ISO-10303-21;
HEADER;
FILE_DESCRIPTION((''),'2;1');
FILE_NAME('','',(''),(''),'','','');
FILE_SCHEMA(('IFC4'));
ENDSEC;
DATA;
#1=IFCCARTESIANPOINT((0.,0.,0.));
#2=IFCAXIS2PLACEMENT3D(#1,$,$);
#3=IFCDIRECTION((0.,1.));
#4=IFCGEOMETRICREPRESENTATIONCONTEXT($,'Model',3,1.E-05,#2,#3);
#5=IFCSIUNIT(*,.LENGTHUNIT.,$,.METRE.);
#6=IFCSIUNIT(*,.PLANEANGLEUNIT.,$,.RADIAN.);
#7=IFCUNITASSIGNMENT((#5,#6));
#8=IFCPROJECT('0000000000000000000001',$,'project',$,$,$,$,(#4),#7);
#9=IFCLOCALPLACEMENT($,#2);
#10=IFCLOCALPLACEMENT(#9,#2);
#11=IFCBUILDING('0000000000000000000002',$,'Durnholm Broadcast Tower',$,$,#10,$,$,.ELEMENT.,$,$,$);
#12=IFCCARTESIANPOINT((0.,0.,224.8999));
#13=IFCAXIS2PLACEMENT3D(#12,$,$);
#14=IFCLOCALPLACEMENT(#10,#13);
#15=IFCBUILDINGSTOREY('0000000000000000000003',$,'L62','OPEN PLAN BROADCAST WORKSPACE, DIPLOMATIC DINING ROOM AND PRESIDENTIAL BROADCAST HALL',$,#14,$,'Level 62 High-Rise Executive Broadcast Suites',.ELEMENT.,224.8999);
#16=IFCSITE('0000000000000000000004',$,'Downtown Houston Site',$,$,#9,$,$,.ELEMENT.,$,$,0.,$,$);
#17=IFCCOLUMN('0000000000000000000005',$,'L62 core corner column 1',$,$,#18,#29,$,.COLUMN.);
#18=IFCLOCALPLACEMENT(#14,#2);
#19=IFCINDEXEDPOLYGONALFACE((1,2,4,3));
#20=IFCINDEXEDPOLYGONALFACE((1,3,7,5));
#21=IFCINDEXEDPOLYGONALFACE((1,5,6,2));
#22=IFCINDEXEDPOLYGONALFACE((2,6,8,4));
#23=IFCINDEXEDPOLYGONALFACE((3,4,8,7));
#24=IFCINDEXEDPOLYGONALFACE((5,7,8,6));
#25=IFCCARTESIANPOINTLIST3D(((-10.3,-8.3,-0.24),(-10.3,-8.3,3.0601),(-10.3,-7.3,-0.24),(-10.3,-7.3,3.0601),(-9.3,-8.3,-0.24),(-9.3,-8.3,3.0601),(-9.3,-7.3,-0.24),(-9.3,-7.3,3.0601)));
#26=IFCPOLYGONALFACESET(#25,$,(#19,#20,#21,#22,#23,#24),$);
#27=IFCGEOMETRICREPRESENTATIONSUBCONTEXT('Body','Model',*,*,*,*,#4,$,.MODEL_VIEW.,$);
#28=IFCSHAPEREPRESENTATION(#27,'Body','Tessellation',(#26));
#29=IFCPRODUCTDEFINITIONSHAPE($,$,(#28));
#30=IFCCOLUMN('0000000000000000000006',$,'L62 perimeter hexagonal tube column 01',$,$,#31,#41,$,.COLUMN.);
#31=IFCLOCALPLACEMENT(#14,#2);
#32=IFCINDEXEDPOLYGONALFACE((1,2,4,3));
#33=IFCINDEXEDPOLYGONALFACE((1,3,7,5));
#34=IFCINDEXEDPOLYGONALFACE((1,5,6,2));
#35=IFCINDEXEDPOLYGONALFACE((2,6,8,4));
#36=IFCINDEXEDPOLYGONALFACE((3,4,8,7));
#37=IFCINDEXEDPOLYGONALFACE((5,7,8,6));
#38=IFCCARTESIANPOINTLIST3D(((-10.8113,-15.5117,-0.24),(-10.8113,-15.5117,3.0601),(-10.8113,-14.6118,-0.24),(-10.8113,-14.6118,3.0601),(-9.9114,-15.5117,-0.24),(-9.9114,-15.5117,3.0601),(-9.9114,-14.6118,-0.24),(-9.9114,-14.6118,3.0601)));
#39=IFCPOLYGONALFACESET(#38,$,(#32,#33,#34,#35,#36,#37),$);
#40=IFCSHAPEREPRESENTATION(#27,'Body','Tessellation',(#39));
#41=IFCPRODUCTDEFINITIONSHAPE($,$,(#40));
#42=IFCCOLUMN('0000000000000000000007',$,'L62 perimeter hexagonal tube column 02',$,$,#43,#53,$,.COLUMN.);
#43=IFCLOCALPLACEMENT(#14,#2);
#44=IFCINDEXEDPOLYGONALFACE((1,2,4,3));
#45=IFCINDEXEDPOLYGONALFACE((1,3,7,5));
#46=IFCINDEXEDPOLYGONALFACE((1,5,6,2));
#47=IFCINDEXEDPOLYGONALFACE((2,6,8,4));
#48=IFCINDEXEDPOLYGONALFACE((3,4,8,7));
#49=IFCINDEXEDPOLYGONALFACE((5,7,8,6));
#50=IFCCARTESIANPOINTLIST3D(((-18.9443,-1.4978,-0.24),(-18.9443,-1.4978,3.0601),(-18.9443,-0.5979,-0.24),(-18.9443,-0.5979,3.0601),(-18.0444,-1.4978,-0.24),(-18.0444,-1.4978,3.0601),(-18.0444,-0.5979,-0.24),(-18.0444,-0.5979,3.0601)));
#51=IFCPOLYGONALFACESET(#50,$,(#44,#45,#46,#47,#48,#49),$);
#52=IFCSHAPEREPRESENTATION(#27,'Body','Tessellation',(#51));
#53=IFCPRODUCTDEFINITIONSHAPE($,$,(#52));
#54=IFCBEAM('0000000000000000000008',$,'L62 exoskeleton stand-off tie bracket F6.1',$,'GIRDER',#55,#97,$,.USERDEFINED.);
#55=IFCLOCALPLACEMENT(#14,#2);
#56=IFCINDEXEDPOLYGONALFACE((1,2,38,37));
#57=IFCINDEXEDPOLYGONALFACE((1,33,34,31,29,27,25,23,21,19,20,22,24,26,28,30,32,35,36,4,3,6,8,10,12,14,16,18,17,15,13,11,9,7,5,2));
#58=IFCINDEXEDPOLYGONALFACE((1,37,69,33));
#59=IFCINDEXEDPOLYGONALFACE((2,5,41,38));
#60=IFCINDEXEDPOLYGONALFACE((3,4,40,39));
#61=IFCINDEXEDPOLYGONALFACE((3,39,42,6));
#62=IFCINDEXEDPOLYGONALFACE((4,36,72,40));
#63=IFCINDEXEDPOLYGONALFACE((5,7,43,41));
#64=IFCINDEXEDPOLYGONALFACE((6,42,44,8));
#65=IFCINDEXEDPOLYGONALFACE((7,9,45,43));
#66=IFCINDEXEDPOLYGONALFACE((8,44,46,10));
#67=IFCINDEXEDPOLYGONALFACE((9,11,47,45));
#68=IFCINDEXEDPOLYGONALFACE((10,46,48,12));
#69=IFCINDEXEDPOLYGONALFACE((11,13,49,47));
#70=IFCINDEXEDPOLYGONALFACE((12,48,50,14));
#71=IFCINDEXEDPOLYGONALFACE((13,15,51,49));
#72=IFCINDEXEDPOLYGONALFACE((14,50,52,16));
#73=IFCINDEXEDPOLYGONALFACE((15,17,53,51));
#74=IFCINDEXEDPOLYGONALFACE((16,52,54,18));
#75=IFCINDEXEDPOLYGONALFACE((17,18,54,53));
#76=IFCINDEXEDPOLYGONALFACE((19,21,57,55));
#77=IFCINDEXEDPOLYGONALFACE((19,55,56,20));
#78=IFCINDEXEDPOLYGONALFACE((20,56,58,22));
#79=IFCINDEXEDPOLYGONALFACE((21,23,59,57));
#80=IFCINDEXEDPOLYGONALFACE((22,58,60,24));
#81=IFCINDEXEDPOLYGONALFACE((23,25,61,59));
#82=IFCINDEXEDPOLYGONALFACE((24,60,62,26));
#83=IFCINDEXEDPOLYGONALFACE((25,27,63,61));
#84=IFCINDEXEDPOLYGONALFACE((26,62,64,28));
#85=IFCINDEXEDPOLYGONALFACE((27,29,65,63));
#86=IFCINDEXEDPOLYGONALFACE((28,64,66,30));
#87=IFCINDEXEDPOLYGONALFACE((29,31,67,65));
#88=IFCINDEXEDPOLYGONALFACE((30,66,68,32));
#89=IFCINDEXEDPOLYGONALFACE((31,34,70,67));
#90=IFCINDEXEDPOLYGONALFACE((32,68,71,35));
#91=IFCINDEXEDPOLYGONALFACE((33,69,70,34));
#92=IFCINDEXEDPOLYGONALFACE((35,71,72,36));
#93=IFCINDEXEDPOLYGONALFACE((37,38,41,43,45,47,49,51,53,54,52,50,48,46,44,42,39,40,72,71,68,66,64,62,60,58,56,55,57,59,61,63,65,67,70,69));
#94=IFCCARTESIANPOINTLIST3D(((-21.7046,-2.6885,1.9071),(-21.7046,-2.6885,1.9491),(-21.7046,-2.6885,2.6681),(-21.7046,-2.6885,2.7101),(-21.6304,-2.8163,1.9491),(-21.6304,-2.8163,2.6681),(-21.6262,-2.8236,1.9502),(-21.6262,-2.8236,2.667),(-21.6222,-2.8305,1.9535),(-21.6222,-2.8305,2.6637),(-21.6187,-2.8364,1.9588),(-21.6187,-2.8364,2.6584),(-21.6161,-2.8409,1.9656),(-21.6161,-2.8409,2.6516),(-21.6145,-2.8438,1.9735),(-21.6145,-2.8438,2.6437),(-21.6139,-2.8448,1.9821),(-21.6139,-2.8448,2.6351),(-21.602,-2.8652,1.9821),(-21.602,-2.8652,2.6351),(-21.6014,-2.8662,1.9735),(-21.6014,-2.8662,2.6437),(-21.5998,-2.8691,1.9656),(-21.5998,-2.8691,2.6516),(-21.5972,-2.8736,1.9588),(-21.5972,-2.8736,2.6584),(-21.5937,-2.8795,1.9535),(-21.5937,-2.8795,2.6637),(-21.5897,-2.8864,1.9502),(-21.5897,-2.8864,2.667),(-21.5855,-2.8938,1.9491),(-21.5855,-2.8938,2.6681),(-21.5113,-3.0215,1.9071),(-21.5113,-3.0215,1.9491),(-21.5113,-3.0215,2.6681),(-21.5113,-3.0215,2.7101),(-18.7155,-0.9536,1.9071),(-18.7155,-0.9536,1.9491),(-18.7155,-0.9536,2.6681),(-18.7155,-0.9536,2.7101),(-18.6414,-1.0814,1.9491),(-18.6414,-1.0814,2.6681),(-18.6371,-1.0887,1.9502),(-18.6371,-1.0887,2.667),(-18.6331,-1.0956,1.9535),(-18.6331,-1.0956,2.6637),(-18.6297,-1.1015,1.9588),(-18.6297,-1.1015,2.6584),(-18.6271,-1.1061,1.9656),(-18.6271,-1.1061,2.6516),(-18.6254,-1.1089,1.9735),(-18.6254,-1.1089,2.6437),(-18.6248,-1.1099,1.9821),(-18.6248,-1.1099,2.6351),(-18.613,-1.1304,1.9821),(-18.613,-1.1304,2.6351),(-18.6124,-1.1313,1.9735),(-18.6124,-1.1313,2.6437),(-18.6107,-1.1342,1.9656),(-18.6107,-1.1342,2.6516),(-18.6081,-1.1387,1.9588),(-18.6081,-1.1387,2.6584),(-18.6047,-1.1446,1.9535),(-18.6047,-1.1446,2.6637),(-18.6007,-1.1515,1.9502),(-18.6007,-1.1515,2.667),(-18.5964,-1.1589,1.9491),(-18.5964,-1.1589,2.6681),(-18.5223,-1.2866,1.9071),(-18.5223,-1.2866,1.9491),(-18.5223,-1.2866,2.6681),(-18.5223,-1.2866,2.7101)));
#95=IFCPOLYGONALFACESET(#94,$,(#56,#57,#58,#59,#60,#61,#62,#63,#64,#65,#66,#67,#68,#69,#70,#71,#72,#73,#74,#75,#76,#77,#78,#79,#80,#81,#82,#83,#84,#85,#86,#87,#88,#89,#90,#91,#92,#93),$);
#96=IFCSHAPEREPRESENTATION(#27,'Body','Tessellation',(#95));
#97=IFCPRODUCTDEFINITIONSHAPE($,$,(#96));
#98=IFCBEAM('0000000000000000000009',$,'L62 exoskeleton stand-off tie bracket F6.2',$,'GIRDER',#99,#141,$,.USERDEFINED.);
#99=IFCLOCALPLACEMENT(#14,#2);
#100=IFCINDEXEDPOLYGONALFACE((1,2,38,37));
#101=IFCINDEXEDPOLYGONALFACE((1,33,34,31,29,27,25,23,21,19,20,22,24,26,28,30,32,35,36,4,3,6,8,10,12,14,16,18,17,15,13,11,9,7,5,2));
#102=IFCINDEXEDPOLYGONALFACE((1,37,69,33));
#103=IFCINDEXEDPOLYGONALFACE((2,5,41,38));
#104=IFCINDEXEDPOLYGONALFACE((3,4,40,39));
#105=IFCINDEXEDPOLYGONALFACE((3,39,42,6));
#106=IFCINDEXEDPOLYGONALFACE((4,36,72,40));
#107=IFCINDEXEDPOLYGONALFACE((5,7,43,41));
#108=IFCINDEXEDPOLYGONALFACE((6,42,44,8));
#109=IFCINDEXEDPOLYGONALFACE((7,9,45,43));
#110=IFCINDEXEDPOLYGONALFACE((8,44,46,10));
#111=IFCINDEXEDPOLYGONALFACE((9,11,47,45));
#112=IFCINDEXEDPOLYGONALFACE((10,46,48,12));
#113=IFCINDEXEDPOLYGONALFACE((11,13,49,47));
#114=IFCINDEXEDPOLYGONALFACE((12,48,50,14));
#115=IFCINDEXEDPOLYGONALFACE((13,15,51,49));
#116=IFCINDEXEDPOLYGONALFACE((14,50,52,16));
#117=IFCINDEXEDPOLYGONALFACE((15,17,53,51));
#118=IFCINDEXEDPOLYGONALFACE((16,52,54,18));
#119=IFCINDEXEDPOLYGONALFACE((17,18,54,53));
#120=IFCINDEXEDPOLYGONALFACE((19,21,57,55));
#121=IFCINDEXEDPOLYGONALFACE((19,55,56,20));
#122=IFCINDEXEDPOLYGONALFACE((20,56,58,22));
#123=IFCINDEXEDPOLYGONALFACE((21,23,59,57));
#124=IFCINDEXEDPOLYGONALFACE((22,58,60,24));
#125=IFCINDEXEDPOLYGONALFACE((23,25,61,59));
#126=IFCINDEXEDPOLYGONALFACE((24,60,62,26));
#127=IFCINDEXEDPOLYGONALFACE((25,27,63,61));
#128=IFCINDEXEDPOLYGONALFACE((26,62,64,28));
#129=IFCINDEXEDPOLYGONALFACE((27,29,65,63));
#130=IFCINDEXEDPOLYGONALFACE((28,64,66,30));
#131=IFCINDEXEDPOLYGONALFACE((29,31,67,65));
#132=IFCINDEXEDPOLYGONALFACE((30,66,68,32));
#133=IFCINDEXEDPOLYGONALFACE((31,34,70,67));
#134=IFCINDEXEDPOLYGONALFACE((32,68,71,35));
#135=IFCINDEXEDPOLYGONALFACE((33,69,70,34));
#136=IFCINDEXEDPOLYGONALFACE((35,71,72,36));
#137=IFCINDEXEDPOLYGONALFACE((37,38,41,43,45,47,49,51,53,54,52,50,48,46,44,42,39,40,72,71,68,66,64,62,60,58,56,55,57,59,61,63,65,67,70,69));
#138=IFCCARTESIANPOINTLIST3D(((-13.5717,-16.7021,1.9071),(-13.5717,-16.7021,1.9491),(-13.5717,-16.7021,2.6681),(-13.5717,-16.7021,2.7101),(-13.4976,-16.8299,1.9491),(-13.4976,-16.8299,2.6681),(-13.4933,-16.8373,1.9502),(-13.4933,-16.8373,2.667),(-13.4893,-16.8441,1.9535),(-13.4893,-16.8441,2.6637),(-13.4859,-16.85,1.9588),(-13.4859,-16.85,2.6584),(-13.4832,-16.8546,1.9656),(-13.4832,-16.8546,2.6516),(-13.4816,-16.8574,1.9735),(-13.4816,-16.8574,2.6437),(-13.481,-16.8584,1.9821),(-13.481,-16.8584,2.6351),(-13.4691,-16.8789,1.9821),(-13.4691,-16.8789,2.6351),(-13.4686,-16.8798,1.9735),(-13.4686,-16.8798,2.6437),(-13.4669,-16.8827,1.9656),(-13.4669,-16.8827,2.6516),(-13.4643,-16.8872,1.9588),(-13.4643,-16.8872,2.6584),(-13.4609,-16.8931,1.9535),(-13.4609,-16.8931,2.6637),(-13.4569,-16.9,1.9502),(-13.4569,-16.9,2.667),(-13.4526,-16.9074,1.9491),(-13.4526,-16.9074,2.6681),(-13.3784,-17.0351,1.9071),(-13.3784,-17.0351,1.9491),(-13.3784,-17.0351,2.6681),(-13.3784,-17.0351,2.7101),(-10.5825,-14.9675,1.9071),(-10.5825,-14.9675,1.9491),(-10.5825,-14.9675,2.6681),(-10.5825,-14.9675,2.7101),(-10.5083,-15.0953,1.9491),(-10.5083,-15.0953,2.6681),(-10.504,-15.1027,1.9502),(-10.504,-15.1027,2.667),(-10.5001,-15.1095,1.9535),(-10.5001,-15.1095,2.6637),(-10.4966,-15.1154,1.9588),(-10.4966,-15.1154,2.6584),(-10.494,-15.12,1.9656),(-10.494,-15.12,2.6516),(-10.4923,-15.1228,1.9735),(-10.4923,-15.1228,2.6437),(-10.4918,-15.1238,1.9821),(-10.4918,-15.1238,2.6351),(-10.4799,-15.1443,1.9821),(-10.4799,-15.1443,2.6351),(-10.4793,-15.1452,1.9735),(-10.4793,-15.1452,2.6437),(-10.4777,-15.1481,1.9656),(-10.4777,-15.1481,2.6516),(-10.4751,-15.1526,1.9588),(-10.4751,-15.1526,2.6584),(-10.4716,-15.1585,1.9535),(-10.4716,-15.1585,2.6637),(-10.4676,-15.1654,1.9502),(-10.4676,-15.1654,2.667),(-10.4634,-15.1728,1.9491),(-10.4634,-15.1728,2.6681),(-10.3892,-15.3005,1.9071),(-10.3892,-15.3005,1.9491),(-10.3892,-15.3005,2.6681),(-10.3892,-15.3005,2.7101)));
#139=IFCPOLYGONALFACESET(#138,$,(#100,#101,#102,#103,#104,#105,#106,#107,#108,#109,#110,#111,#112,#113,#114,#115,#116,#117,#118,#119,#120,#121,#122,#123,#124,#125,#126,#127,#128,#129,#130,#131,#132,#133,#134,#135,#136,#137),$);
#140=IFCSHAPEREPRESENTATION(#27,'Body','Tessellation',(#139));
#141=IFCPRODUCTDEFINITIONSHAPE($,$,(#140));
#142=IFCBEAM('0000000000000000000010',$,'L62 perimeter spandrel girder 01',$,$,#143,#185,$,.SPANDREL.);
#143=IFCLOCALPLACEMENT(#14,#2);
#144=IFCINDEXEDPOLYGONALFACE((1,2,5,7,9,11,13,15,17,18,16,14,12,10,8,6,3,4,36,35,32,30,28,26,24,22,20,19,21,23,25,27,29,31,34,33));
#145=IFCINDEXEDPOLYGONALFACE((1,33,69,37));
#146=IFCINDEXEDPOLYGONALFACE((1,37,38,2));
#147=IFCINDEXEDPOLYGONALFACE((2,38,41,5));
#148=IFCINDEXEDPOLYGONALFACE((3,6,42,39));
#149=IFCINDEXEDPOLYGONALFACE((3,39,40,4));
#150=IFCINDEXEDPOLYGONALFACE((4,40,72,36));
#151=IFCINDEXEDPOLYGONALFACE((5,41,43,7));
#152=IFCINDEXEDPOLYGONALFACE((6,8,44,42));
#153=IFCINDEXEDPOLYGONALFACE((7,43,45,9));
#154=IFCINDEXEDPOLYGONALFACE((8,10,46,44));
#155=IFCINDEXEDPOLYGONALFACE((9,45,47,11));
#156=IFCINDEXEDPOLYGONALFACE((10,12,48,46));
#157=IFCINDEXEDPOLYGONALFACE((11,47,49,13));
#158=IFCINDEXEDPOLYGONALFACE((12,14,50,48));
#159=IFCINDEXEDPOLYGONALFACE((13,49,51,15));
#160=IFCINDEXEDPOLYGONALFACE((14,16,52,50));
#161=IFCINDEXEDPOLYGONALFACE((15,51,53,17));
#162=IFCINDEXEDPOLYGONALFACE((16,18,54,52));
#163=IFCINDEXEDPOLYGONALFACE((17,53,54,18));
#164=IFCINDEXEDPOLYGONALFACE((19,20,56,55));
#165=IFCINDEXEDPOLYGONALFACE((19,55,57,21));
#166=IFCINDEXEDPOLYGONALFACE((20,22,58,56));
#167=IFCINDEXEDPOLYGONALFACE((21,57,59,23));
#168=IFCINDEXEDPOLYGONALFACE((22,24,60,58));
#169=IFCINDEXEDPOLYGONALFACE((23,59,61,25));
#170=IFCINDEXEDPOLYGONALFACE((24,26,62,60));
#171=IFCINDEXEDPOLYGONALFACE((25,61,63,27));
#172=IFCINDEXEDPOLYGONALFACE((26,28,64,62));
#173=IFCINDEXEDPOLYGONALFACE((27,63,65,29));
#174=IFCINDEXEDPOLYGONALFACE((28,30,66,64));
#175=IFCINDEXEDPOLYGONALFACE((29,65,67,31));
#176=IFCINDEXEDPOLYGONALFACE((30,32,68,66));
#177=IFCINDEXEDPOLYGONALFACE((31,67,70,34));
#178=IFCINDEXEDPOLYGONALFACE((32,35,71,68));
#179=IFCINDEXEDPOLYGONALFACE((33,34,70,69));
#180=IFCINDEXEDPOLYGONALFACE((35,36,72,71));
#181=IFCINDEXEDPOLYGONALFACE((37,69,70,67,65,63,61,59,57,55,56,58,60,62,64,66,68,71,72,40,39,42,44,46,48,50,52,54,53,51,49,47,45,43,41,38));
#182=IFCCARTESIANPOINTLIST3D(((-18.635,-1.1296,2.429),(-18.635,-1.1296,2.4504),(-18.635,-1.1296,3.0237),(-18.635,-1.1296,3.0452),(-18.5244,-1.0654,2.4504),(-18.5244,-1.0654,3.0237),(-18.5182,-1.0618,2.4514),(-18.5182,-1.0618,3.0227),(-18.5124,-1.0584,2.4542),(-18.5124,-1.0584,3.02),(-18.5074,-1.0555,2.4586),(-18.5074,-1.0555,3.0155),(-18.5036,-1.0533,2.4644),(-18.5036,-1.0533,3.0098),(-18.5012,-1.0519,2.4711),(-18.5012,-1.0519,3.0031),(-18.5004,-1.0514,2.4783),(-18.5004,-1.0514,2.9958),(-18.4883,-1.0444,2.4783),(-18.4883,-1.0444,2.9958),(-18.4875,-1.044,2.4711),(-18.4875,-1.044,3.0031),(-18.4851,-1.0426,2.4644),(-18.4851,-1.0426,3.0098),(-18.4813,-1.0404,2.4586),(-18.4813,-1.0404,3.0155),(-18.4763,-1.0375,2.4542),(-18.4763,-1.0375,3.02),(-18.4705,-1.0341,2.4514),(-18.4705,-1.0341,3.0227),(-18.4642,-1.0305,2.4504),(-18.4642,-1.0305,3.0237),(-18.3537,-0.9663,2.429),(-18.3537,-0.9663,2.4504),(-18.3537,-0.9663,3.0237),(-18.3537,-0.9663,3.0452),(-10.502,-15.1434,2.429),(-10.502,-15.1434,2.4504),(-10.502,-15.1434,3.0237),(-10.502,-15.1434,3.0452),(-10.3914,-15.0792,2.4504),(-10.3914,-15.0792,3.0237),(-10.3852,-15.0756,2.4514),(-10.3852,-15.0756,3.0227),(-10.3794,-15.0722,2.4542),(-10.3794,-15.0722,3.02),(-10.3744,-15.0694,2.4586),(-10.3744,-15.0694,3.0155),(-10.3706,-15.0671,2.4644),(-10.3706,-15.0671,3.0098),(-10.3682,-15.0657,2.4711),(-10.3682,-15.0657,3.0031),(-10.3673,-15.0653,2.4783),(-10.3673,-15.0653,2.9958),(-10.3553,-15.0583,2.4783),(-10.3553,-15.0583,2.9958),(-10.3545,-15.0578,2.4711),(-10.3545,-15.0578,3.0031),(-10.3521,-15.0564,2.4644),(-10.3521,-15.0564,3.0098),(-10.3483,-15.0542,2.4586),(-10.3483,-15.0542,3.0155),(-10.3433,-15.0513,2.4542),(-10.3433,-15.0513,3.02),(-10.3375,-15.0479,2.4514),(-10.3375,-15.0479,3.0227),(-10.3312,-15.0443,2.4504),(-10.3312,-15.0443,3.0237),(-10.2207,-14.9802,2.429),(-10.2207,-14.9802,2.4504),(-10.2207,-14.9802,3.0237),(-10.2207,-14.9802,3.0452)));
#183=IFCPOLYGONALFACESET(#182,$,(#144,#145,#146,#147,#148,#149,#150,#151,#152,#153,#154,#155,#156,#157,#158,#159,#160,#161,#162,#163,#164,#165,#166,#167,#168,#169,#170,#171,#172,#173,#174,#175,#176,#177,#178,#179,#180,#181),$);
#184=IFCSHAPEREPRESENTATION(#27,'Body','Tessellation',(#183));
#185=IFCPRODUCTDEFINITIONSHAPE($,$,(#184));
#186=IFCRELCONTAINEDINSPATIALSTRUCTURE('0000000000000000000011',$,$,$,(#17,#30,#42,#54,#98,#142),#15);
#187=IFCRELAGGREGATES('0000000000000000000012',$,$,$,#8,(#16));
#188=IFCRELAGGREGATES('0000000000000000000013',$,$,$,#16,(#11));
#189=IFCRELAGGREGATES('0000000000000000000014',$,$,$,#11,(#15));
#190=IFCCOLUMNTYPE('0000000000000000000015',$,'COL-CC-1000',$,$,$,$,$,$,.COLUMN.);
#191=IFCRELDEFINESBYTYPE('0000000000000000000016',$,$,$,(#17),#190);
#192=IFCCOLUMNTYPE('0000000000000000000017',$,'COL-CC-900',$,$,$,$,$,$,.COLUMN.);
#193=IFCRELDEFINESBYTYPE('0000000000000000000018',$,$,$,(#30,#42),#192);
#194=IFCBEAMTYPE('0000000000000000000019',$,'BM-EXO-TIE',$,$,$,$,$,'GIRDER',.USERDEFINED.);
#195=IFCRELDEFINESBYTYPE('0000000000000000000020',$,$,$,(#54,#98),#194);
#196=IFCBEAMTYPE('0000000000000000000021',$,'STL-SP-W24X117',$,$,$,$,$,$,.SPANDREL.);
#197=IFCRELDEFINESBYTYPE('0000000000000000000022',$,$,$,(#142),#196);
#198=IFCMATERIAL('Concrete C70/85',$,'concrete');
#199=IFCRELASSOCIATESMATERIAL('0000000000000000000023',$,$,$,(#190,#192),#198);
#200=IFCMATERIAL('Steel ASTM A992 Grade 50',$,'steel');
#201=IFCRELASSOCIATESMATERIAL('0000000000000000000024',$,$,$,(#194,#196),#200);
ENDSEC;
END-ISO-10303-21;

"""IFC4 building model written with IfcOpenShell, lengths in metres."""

from ifc_helpers import new_model, si_unit, direction, frame, origin, origin_2d, place, context, subcontext, project, spatial, rectangle, i_section, extrude, source, transform, mapped, material, material_profile, profile_set, type_object, type_shapes, element, save


model = new_model("IFC4")

# Units and contexts
model_context = context("Model", 3, precision=1e-05, world=origin(), true_north=direction((0.0, 1.0)))
body_context = subcontext(model_context, "Body", "Model", "MODEL_VIEW")
ifc_project = project(units=[si_unit("LENGTHUNIT", "METRE"), si_unit("PLANEANGLEUNIT", "RADIAN")], contexts=[model_context])

# Site, building, storey
site_placement = place(None, origin())
site = spatial("IfcSite", under=ifc_project, at=site_placement, Name="Downtown Houston Site", CompositionType="ELEMENT", RefElevation=0.0)
building_placement = place(site_placement, origin())
building = spatial("IfcBuilding", under=site, at=building_placement, Name="Durnholm Broadcast Tower", CompositionType="ELEMENT")
storey_placement = place(building_placement, frame((0.0, 0.0, 224.8999)))
storey = spatial("IfcBuildingStorey", under=building, at=storey_placement, Name="L62", Description="OPEN PLAN BROADCAST WORKSPACE, DIPLOMATIC DINING ROOM AND PRESIDENTIAL BROADCAST HALL", LongName="Level 62 High-Rise Executive Broadcast Suites", CompositionType="ELEMENT", Elevation=224.8999)

# Columns
ifc_material_1 = material(Name="Concrete C70/85", Category="concrete")
ifc_material_profile_1 = material_profile(ifc_material_1, rectangle(XDim=1.0, YDim=1.0, at=origin_2d()), Name="RC1000X1000")
ifc_profile_set_1 = profile_set([ifc_material_profile_1], Name="Concrete C70/85")
column_type_1 = type_object("IfcColumnType", Name="COL-CC-1000", PredefinedType="COLUMN", material=ifc_profile_set_1)
shared_shape_1 = source(origin(), body_context, "Body", "SweptSolid", [
    extrude(rectangle(XDim=1.0, YDim=1.0, at=origin_2d()), origin(), (0.0, 0.0, 1.0), 3.3),
])
type_shapes(column_type_1, [shared_shape_1])
column_placement = place(storey_placement, frame((-9.8, -7.8, -0.24), z_axis=(0.0, 0.0, 1.0), x_axis=(1.0, 0.0, 0.0)))
element("IfcColumn", 1, at=column_placement, inside=storey, type_object=column_type_1, Name="L62 core corner column 1", PredefinedType="COLUMN", context=body_context, shape_type="MappedRepresentation", body=[
    mapped(shared_shape_1, transform((0.0, 0.0, 0.0), x_axis=(1.0, 0.0, 0.0), y_axis=(0.0, 1.0, 0.0), z_axis=(0.0, 0.0, 1.0), scale=1.0)),
])
ifc_material_profile_2 = material_profile(ifc_material_1, rectangle(XDim=0.8999, YDim=0.8999, at=origin_2d()), Name="RC900X900")
ifc_profile_set_2 = profile_set([ifc_material_profile_2], Name="Concrete C70/85")
column_type_2 = type_object("IfcColumnType", Name="COL-CC-900", PredefinedType="COLUMN", material=ifc_profile_set_2)
shared_shape_2 = source(origin(), body_context, "Body", "SweptSolid", [
    extrude(rectangle(XDim=0.8999, YDim=0.8999, at=origin_2d()), origin(), (0.0, 0.0, 1.0), 3.3),
])
type_shapes(column_type_2, [shared_shape_2])
for number, where, z_axis, x_axis, name in (
    (2, (-10.3613, -15.0618, -0.24), (0.0, 0.0, 1.0), (1.0, 0.0, 0.0), "L62 perimeter hexagonal tube column 01"),
    (3, (-18.4944, -1.0479, -0.24), (0.0, 0.0, 1.0), (1.0, 0.0, 0.0), "L62 perimeter hexagonal tube column 02"),
):
    element("IfcColumn", number, at=place(storey_placement, frame(where, z_axis=z_axis, x_axis=x_axis)), inside=storey, type_object=column_type_2, Name=name, PredefinedType="COLUMN", context=body_context, shape_type="MappedRepresentation", body=[
        mapped(shared_shape_2, transform((0.0, 0.0, 0.0), x_axis=(1.0, 0.0, 0.0), y_axis=(0.0, 1.0, 0.0), z_axis=(0.0, 0.0, 1.0), scale=1.0)),
    ])

# Beams
ifc_material_2 = material(Name="Steel ASTM A992 Grade 50", Category="steel")
ifc_material_profile_3 = material_profile(ifc_material_2, i_section(OverallWidth=0.385, OverallDepth=0.803, WebThickness=0.0237, FlangeThickness=0.042, FilletRadius=0.033, at=origin_2d()), Name="W30X261")
ifc_profile_set_3 = profile_set([ifc_material_profile_3], Name="Steel ASTM A992 Grade 50")
beam_type_1 = type_object("IfcBeamType", Name="BM-EXO-TIE", ElementType="GIRDER", PredefinedType="USERDEFINED", material=ifc_profile_set_3)
shared_shape_3 = source(origin(), body_context, "Body", "SweptSolid", [
    extrude(i_section(OverallWidth=0.385, OverallDepth=0.803, WebThickness=0.0237, FlangeThickness=0.042, FilletRadius=0.033, at=origin_2d()), origin(), (0.0, 0.0, 1.0), 3.4561),
])
for number, where, z_axis, x_axis, name in (
    (4, (-18.6189, -1.1201, 2.3086), (-0.864876, -0.501986, 0.0), (0.501986, -0.864876, 0.0), "L62 exoskeleton stand-off tie bracket F6.1"),
    (5, (-10.4858, -15.134, 2.3086), (-0.864924, -0.501902, 0.0), (0.501902, -0.864924, 0.0), "L62 exoskeleton stand-off tie bracket F6.2"),
):
    element("IfcBeam", number, at=place(storey_placement, frame(where, z_axis=z_axis, x_axis=x_axis)), inside=storey, type_object=beam_type_1, Name=name, ObjectType="GIRDER", PredefinedType="USERDEFINED", context=body_context, shape_type="MappedRepresentation", body=[
        mapped(shared_shape_3, transform((0.0, 0.0, 0.0), x_axis=(1.0, 0.0, 0.0), y_axis=(0.0, 1.0, 0.0), z_axis=(0.0, 0.0, 1.0), scale=1.0)),
    ])
ifc_material_profile_4 = material_profile(ifc_material_2, i_section(OverallWidth=0.3252, OverallDepth=0.6162, WebThickness=0.0139, FlangeThickness=0.0215, FilletRadius=0.0278, at=origin_2d()), Name="W24X117")
ifc_profile_set_4 = profile_set([ifc_material_profile_4], Name="Steel ASTM A992 Grade 50")
beam_type_2 = type_object("IfcBeamType", Name="STL-SP-W24X117", PredefinedType="SPANDREL", material=ifc_profile_set_4)
shared_shape_4 = source(origin(), body_context, "Body", "SweptSolid", [
    extrude(i_section(OverallWidth=0.3252, OverallDepth=0.6162, WebThickness=0.0139, FlangeThickness=0.0215, FilletRadius=0.0278, at=origin_2d()), origin(), (0.0, 0.0, 1.0), 16.2029),
])
beam_1_placement = place(storey_placement, frame((-10.3613, -15.0618, 2.7371), z_axis=(-0.501948, 0.864898, 0.0), x_axis=(-0.864898, -0.501948, 0.0)))
element("IfcBeam", 6, at=beam_1_placement, inside=storey, type_object=beam_type_2, Name="L62 perimeter spandrel girder 01", PredefinedType="SPANDREL", context=body_context, shape_type="MappedRepresentation", body=[
    mapped(shared_shape_4, transform((0.0, 0.0, 0.0), x_axis=(1.0, 0.0, 0.0), y_axis=(0.0, 1.0, 0.0), z_axis=(0.0, 0.0, 1.0), scale=1.0)),
])

save(model, "model.ifc")
